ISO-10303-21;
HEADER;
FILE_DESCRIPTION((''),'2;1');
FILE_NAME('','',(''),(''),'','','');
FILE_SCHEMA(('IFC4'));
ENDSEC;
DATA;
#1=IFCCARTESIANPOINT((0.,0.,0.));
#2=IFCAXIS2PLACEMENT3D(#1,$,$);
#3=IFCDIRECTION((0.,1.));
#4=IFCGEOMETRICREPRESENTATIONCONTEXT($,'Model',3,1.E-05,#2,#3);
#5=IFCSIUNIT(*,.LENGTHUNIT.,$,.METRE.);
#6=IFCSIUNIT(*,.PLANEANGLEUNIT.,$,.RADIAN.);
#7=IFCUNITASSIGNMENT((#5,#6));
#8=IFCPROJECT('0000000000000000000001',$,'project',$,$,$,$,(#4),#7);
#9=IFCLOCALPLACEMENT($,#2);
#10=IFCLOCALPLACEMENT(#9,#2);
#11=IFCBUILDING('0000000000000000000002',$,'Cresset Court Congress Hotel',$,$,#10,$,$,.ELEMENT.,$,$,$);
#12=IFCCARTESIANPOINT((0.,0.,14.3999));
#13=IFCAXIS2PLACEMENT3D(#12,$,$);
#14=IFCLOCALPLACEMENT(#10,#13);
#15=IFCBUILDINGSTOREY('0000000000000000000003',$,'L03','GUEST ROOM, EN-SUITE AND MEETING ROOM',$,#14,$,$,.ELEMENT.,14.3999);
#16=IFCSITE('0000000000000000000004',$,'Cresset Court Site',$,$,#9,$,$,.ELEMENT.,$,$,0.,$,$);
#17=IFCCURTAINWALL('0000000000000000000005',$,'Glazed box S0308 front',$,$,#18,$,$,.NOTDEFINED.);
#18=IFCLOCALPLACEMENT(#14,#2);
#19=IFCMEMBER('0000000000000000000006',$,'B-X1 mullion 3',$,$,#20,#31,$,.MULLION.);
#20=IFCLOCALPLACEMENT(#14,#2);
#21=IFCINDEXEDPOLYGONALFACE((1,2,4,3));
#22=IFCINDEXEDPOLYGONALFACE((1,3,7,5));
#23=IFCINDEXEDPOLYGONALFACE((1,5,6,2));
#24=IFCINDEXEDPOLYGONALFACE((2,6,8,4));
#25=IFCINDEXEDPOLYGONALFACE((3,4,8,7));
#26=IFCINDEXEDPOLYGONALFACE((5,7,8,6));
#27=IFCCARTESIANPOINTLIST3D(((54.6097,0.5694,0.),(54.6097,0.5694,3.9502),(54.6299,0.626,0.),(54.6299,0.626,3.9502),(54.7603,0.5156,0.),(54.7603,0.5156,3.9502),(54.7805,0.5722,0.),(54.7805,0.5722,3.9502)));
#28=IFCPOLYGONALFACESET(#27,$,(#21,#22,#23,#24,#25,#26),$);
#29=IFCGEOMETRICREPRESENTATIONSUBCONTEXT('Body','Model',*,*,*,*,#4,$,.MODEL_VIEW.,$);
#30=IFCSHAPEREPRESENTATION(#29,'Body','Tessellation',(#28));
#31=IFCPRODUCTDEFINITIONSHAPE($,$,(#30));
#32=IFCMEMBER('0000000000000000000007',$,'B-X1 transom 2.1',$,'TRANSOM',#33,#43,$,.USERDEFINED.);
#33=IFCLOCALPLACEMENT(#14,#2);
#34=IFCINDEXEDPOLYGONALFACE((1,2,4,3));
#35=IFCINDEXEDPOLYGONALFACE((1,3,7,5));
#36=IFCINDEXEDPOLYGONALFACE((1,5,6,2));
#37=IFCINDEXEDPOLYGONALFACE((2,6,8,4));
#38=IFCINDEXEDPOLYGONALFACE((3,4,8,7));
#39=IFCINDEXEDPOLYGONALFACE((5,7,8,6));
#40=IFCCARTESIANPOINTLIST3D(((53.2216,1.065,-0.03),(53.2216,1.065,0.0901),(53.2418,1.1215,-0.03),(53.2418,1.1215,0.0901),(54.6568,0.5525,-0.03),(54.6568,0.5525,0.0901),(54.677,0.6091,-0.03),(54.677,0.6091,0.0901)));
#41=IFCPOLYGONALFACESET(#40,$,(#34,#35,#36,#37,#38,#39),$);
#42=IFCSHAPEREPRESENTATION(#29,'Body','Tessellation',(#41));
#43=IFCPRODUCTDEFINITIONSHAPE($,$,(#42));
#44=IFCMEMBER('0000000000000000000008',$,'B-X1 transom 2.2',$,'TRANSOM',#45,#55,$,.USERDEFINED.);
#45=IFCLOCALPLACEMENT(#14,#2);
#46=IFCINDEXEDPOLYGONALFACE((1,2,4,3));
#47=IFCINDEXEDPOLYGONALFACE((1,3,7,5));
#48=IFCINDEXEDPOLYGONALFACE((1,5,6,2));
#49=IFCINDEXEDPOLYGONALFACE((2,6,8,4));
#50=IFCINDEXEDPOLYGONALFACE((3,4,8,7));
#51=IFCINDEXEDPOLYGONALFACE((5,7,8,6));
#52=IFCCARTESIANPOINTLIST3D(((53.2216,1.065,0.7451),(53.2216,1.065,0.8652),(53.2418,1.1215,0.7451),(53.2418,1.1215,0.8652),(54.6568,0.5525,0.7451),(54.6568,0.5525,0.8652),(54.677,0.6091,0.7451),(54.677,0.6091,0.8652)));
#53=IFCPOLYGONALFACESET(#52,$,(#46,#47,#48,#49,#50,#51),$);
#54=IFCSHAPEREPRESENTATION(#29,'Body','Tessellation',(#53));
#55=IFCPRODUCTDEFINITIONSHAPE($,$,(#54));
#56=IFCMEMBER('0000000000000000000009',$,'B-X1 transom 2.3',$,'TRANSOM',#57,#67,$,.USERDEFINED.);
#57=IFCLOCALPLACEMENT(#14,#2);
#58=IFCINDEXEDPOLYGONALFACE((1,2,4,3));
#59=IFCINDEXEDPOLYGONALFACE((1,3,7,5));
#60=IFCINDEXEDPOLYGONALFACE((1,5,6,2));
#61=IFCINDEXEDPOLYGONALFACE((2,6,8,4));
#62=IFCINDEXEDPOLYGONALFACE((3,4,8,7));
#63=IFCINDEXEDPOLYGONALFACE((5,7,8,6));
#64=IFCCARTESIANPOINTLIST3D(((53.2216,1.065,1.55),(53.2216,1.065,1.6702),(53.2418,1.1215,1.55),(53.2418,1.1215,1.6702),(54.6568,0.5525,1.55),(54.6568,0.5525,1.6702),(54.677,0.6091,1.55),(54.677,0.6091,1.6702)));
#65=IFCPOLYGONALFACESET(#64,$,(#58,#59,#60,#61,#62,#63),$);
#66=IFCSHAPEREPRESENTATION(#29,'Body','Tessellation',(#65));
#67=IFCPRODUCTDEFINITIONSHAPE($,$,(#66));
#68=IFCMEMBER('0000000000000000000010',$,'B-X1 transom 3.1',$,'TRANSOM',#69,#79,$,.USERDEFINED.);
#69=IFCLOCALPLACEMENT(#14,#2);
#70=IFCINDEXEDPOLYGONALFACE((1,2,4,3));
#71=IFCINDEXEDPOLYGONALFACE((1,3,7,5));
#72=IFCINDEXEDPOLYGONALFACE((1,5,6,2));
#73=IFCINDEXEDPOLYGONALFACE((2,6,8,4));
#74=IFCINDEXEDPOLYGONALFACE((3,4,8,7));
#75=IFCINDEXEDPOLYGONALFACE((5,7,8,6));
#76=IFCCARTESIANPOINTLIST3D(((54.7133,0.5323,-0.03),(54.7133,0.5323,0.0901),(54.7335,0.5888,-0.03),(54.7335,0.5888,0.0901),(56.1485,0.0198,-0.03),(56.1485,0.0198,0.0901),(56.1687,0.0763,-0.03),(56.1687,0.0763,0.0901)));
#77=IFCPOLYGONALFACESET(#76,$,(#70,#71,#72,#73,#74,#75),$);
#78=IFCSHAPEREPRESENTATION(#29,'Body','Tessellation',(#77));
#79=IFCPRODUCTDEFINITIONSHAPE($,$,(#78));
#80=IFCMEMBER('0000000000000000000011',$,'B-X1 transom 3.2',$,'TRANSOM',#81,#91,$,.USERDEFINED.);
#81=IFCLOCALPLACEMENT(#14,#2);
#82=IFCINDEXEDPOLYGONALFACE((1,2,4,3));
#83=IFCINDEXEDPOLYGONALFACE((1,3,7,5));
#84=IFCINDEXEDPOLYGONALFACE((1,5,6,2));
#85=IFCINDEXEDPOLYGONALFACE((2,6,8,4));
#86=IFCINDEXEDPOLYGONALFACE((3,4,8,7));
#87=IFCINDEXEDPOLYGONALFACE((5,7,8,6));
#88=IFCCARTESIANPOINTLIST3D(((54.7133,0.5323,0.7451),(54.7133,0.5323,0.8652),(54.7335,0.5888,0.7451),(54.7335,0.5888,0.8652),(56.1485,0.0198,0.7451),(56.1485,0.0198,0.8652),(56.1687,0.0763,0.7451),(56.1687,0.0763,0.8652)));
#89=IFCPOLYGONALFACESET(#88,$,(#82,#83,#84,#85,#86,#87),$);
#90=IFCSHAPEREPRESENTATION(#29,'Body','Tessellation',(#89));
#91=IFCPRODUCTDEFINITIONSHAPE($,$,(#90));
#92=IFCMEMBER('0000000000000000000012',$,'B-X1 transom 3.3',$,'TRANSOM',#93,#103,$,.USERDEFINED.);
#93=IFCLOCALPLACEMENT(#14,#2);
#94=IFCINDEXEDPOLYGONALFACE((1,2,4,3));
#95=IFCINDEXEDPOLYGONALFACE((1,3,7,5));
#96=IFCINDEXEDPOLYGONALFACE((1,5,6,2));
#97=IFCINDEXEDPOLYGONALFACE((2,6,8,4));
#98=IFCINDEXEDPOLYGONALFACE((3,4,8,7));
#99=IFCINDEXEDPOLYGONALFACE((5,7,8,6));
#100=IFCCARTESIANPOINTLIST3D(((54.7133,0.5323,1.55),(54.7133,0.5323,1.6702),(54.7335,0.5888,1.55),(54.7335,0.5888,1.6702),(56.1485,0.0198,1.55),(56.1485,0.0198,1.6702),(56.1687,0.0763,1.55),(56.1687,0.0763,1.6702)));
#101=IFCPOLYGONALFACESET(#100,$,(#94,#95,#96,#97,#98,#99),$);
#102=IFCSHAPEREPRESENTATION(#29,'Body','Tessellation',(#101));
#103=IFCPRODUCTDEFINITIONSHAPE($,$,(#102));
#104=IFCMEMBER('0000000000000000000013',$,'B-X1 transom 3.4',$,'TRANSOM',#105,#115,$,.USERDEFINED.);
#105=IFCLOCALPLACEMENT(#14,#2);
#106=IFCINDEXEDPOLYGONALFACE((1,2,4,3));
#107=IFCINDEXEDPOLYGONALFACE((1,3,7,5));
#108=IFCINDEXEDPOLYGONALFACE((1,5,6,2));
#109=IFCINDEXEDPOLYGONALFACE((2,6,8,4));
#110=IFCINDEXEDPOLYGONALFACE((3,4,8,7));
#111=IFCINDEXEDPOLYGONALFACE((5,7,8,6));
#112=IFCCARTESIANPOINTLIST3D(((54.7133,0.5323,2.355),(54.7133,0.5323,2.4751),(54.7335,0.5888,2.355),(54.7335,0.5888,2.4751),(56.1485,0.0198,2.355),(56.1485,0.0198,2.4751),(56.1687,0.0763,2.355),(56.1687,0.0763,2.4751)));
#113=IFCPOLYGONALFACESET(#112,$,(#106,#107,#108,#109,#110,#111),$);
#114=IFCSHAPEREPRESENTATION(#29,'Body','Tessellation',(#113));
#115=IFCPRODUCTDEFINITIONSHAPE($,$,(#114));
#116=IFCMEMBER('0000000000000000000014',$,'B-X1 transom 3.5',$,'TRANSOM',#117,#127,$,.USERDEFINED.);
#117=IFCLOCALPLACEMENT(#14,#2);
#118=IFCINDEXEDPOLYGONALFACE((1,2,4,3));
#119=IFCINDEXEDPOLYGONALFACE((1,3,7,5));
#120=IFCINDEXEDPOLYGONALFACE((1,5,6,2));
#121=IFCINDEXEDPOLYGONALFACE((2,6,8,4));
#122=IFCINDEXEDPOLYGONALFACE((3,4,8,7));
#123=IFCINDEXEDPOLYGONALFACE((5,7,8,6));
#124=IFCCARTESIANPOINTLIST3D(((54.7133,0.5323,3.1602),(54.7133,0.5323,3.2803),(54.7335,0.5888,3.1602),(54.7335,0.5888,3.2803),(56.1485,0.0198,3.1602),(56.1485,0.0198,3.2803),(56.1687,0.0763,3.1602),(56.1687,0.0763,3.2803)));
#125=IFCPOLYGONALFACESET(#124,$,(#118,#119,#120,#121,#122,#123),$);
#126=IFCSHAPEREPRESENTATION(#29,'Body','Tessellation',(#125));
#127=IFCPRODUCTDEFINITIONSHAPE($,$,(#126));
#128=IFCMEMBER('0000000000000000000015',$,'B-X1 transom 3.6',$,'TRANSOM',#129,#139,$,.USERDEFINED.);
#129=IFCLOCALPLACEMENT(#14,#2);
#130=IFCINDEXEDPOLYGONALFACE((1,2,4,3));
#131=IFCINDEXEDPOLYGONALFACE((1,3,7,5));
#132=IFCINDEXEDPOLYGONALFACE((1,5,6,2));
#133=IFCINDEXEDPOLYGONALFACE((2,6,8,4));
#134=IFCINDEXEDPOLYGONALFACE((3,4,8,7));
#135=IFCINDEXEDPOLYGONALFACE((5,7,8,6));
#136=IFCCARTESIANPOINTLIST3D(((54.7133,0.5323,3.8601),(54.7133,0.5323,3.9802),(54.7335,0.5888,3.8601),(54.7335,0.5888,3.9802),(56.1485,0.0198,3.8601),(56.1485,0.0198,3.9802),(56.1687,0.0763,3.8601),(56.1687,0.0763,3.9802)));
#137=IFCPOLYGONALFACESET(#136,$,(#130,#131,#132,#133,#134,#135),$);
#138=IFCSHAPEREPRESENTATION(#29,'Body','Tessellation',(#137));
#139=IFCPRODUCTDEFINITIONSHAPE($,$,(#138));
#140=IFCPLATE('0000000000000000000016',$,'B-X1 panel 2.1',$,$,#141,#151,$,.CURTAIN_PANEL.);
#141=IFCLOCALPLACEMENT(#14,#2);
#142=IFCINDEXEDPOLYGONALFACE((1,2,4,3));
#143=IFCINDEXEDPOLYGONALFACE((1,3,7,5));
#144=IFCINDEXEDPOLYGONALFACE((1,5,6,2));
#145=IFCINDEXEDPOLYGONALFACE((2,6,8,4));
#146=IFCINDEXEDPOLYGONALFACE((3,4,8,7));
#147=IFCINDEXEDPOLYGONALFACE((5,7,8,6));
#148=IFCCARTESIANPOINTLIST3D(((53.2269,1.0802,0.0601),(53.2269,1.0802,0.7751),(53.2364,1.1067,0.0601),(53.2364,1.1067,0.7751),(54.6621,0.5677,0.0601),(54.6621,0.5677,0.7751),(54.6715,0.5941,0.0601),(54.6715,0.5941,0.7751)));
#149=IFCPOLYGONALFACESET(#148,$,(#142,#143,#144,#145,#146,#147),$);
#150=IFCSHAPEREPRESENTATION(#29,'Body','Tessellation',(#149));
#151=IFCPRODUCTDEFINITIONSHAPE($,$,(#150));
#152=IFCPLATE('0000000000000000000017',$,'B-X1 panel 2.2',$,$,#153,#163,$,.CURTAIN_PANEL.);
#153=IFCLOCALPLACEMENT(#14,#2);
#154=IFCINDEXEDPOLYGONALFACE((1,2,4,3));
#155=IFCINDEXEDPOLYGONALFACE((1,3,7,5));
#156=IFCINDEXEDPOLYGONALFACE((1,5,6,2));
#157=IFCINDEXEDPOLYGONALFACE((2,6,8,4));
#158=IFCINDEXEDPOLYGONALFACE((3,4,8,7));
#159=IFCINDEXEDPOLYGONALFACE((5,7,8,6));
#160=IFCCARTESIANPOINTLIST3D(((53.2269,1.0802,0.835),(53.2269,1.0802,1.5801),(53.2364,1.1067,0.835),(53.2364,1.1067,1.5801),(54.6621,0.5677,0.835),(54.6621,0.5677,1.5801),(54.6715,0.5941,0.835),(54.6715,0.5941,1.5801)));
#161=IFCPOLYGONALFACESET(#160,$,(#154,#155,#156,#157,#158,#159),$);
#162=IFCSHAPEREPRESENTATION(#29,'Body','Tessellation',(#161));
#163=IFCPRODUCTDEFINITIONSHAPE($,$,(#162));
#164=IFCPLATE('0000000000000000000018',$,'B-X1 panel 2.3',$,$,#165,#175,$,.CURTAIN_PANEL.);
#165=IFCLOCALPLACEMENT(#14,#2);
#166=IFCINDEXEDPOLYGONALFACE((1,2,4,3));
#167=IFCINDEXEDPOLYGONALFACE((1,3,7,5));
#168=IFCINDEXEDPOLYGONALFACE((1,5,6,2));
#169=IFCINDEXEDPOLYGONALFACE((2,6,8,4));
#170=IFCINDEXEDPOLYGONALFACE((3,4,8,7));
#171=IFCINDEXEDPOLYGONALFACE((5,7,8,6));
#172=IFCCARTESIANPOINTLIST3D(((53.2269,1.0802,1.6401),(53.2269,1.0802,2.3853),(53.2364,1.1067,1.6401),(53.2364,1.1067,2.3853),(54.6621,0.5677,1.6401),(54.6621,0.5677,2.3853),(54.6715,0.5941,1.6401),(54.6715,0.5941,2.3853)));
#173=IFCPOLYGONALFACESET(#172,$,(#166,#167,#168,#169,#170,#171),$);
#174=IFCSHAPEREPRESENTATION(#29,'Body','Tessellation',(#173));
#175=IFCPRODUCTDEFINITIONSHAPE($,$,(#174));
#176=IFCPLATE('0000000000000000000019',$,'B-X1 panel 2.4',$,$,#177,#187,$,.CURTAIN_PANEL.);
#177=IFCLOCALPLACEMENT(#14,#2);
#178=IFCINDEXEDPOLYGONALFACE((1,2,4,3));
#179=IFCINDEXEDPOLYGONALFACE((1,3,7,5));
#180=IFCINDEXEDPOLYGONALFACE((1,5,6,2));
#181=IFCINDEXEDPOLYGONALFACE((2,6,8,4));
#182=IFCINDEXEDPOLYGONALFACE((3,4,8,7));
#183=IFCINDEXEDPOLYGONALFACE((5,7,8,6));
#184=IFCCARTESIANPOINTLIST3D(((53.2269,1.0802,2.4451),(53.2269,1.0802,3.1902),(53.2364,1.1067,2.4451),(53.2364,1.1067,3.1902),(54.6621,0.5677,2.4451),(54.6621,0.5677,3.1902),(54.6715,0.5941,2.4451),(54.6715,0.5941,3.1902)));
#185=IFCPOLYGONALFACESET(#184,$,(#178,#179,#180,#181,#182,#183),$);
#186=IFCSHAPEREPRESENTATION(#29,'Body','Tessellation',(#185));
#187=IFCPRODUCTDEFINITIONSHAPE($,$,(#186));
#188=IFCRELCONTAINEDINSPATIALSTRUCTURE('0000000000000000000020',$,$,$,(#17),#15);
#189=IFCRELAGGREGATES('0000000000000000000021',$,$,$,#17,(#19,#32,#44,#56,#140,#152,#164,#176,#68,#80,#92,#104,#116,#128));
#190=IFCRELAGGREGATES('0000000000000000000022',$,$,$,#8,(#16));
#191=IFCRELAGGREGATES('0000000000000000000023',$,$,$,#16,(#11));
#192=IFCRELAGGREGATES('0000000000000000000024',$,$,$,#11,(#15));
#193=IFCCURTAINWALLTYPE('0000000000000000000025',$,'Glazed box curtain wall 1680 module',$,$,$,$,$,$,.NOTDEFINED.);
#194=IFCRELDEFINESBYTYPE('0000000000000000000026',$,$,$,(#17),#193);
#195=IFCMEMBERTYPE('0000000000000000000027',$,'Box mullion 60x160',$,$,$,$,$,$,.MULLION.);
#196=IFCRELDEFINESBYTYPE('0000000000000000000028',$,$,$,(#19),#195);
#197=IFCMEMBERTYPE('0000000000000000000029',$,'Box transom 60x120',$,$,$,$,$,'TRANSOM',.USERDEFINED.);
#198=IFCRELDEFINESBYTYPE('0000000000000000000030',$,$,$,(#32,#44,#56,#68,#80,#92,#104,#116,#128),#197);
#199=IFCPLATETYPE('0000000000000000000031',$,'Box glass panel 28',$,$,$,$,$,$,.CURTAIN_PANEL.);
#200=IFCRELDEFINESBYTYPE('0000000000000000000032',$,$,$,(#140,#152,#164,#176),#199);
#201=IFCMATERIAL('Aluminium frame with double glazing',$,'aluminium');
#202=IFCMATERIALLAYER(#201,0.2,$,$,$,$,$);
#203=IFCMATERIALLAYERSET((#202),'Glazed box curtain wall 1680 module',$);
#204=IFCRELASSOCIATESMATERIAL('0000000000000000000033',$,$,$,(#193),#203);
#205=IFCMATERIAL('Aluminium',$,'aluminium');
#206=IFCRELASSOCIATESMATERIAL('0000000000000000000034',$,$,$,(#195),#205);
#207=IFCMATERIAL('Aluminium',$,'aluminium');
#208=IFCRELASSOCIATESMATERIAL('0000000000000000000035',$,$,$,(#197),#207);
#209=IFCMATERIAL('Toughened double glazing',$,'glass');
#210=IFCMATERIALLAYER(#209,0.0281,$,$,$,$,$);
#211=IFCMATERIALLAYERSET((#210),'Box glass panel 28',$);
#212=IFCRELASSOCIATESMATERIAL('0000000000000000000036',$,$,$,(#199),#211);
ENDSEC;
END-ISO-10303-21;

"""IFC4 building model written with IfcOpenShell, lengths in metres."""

from ifc_helpers import new_model, si_unit, direction, frame, origin, origin_2d, place, context, subcontext, project, spatial, rectangle, extrude, material, layer, layer_set, material_profile, profile_set, type_object, element, aggregate, save


model = new_model("IFC4")

# Units and contexts
model_context = context("Model", 3, precision=1e-05, world=origin(), true_north=direction((0.0, 1.0)))
body_context = subcontext(model_context, "Body", "Model", "MODEL_VIEW")
ifc_project = project(units=[si_unit("LENGTHUNIT", "METRE"), si_unit("PLANEANGLEUNIT", "RADIAN")], contexts=[model_context])

# Site, building, storey
site_placement = place(None, origin())
site = spatial("IfcSite", under=ifc_project, at=site_placement, Name="Cresset Court Site", CompositionType="ELEMENT", RefElevation=0.0)
building_placement = place(site_placement, origin())
building = spatial("IfcBuilding", under=site, at=building_placement, Name="Cresset Court Congress Hotel", CompositionType="ELEMENT")
storey_placement = place(building_placement, frame((0.0, 0.0, 14.3999)))
storey = spatial("IfcBuildingStorey", under=building, at=storey_placement, Name="L03", Description="GUEST ROOM, EN-SUITE AND MEETING ROOM", CompositionType="ELEMENT", Elevation=14.3999)

# Curtain wall, members, plates
ifc_material_1 = material(Name="Aluminium frame with double glazing", Category="aluminium")
ifc_layer_1 = layer(ifc_material_1, 0.2)
ifc_layer_set_1 = layer_set([ifc_layer_1], Name="Glazed box curtain wall 1680 module")
curtain_wall_type = type_object("IfcCurtainWallType", Name="Glazed box curtain wall 1680 module", PredefinedType="NOTDEFINED", material=ifc_layer_set_1)
curtain_wall_1_placement = place(storey_placement, origin())
curtain_wall_1 = element("IfcCurtainWall", 1, at=curtain_wall_1_placement, inside=storey, type_object=curtain_wall_type, Name="Glazed box S0308 front", PredefinedType="NOTDEFINED")
ifc_material_2 = material(Name="Aluminium", Category="aluminium")
ifc_material_profile_1 = material_profile(ifc_material_2, rectangle(XDim=0.0601, YDim=0.1599, at=origin_2d()), Name="Box mullion 60x160")
ifc_profile_set_1 = profile_set([ifc_material_profile_1], Name="Aluminium")
member_type_1 = type_object("IfcMemberType", Name="Box mullion 60x160", PredefinedType="MULLION", material=ifc_profile_set_1)
member_1_placement = place(storey_placement, frame((54.6951, 0.5708, 0.0), z_axis=(0.0, 0.0, 1.0), x_axis=(0.336336, 0.941742, 0.0)))
member_1 = element("IfcMember", 2, at=member_1_placement, type_object=member_type_1, Name="B-X1 mullion 3", PredefinedType="MULLION", context=body_context, shape_type="SweptSolid", body=[
    extrude(rectangle(XDim=0.0601, YDim=0.1599, at=origin_2d()), origin(), (0.0, 0.0, 1.0), 3.9502),
])
ifc_material_3 = material(Name="Aluminium", Category="aluminium")
ifc_material_profile_2 = material_profile(ifc_material_3, rectangle(XDim=0.0601, YDim=0.1201, at=origin_2d()), Name="Box transom 60x120")
ifc_profile_set_2 = profile_set([ifc_material_profile_2], Name="Aluminium")
member_type_2 = type_object("IfcMemberType", Name="Box transom 60x120", ElementType="TRANSOM", PredefinedType="USERDEFINED", material=ifc_profile_set_2)
member_2_placement = place(storey_placement, frame((53.2317, 1.0933, 0.03), z_axis=(0.941756, -0.336296, 0.0), x_axis=(0.336296, 0.941756, 0.0)))
member_2 = element("IfcMember", 3, at=member_2_placement, type_object=member_type_2, Name="B-X1 transom 2.1", ObjectType="TRANSOM", PredefinedType="USERDEFINED", context=body_context, shape_type="SweptSolid", body=[
    extrude(rectangle(XDim=0.0601, YDim=0.1201, at=origin_2d()), origin(), (0.0, 0.0, 1.0), 1.5239),
])
member_3_placement = place(storey_placement, frame((53.2317, 1.0933, 0.8052), z_axis=(0.941756, -0.336296, 0.0), x_axis=(0.336296, 0.941756, 0.0)))
member_3 = element("IfcMember", 4, at=member_3_placement, type_object=member_type_2, Name="B-X1 transom 2.2", ObjectType="TRANSOM", PredefinedType="USERDEFINED", context=body_context, shape_type="SweptSolid", body=[
    extrude(rectangle(XDim=0.0601, YDim=0.1201, at=origin_2d()), origin(), (0.0, 0.0, 1.0), 1.5239),
])
member_4_placement = place(storey_placement, frame((53.2317, 1.0933, 1.6101), z_axis=(0.941756, -0.336296, 0.0), x_axis=(0.336296, 0.941756, 0.0)))
member_4 = element("IfcMember", 5, at=member_4_placement, type_object=member_type_2, Name="B-X1 transom 2.3", ObjectType="TRANSOM", PredefinedType="USERDEFINED", context=body_context, shape_type="SweptSolid", body=[
    extrude(rectangle(XDim=0.0601, YDim=0.1201, at=origin_2d()), origin(), (0.0, 0.0, 1.0), 1.5239),
])
member_5_placement = place(storey_placement, frame((54.7234, 0.5605, 0.03), z_axis=(0.941756, -0.336296, 0.0), x_axis=(0.336296, 0.941756, 0.0)))
member_5 = element("IfcMember", 6, at=member_5_placement, type_object=member_type_2, Name="B-X1 transom 3.1", ObjectType="TRANSOM", PredefinedType="USERDEFINED", context=body_context, shape_type="SweptSolid", body=[
    extrude(rectangle(XDim=0.0601, YDim=0.1201, at=origin_2d()), origin(), (0.0, 0.0, 1.0), 1.5239),
])
member_6_placement = place(storey_placement, frame((54.7234, 0.5605, 0.8052), z_axis=(0.941756, -0.336296, 0.0), x_axis=(0.336296, 0.941756, 0.0)))
member_6 = element("IfcMember", 7, at=member_6_placement, type_object=member_type_2, Name="B-X1 transom 3.2", ObjectType="TRANSOM", PredefinedType="USERDEFINED", context=body_context, shape_type="SweptSolid", body=[
    extrude(rectangle(XDim=0.0601, YDim=0.1201, at=origin_2d()), origin(), (0.0, 0.0, 1.0), 1.5239),
])
member_7_placement = place(storey_placement, frame((54.7234, 0.5605, 1.6101), z_axis=(0.941756, -0.336296, 0.0), x_axis=(0.336296, 0.941756, 0.0)))
member_7 = element("IfcMember", 8, at=member_7_placement, type_object=member_type_2, Name="B-X1 transom 3.3", ObjectType="TRANSOM", PredefinedType="USERDEFINED", context=body_context, shape_type="SweptSolid", body=[
    extrude(rectangle(XDim=0.0601, YDim=0.1201, at=origin_2d()), origin(), (0.0, 0.0, 1.0), 1.5239),
])
member_8_placement = place(storey_placement, frame((54.7234, 0.5605, 2.415), z_axis=(0.941756, -0.336296, 0.0), x_axis=(0.336296, 0.941756, 0.0)))
member_8 = element("IfcMember", 9, at=member_8_placement, type_object=member_type_2, Name="B-X1 transom 3.4", ObjectType="TRANSOM", PredefinedType="USERDEFINED", context=body_context, shape_type="SweptSolid", body=[
    extrude(rectangle(XDim=0.0601, YDim=0.1201, at=origin_2d()), origin(), (0.0, 0.0, 1.0), 1.5239),
])
member_9_placement = place(storey_placement, frame((54.7234, 0.5605, 3.2202), z_axis=(0.941756, -0.336296, 0.0), x_axis=(0.336296, 0.941756, 0.0)))
member_9 = element("IfcMember", 10, at=member_9_placement, type_object=member_type_2, Name="B-X1 transom 3.5", ObjectType="TRANSOM", PredefinedType="USERDEFINED", context=body_context, shape_type="SweptSolid", body=[
    extrude(rectangle(XDim=0.0601, YDim=0.1201, at=origin_2d()), origin(), (0.0, 0.0, 1.0), 1.5239),
])
member_10_placement = place(storey_placement, frame((54.7234, 0.5605, 3.9202), z_axis=(0.941756, -0.336296, 0.0), x_axis=(0.336296, 0.941756, 0.0)))
member_10 = element("IfcMember", 11, at=member_10_placement, type_object=member_type_2, Name="B-X1 transom 3.6", ObjectType="TRANSOM", PredefinedType="USERDEFINED", context=body_context, shape_type="SweptSolid", body=[
    extrude(rectangle(XDim=0.0601, YDim=0.1201, at=origin_2d()), origin(), (0.0, 0.0, 1.0), 1.5239),
])
ifc_material_4 = material(Name="Toughened double glazing", Category="glass")
ifc_layer_2 = layer(ifc_material_4, 0.0281)
ifc_layer_set_2 = layer_set([ifc_layer_2], Name="Box glass panel 28")
plate_type_1 = type_object("IfcPlateType", Name="Box glass panel 28", PredefinedType="CURTAIN_PANEL", material=ifc_layer_set_2)
plate_1_placement = place(storey_placement, frame((53.9492, 0.8372, 0.0601), z_axis=(0.0, 0.0, 1.0), x_axis=(0.941742, -0.336336, 0.0)))
plate_1 = element("IfcPlate", 12, at=plate_1_placement, type_object=plate_type_1, Name="B-X1 panel 2.1", PredefinedType="CURTAIN_PANEL", context=body_context, shape_type="SweptSolid", body=[
    extrude(rectangle(XDim=1.5239, YDim=0.0281, at=origin_2d()), origin(), (0.0, 0.0, 1.0), 0.7151),
])
plate_2_placement = place(storey_placement, frame((53.9492, 0.8372, 0.835), z_axis=(0.0, 0.0, 1.0), x_axis=(0.941742, -0.336336, 0.0)))
plate_2 = element("IfcPlate", 13, at=plate_2_placement, type_object=plate_type_1, Name="B-X1 panel 2.2", PredefinedType="CURTAIN_PANEL", context=body_context, shape_type="SweptSolid", body=[
    extrude(rectangle(XDim=1.5239, YDim=0.0281, at=origin_2d()), origin(), (0.0, 0.0, 1.0), 0.7451),
])
plate_3_placement = place(storey_placement, frame((53.9492, 0.8372, 1.6401), z_axis=(0.0, 0.0, 1.0), x_axis=(0.941742, -0.336336, 0.0)))
plate_3 = element("IfcPlate", 14, at=plate_3_placement, type_object=plate_type_1, Name="B-X1 panel 2.3", PredefinedType="CURTAIN_PANEL", context=body_context, shape_type="SweptSolid", body=[
    extrude(rectangle(XDim=1.5239, YDim=0.0281, at=origin_2d()), origin(), (0.0, 0.0, 1.0), 0.7451),
])
plate_4_placement = place(storey_placement, frame((53.9492, 0.8372, 2.4451), z_axis=(0.0, 0.0, 1.0), x_axis=(0.941742, -0.336336, 0.0)))
plate_4 = element("IfcPlate", 15, at=plate_4_placement, type_object=plate_type_1, Name="B-X1 panel 2.4", PredefinedType="CURTAIN_PANEL", context=body_context, shape_type="SweptSolid", body=[
    extrude(rectangle(XDim=1.5239, YDim=0.0281, at=origin_2d()), origin(), (0.0, 0.0, 1.0), 0.7451),
])

aggregate(curtain_wall_1, [member_1, member_2, member_3, member_4, plate_1, plate_2, plate_3, plate_4, member_5, member_6, member_7, member_8, member_9, member_10])

save(model, "model.ifc")
